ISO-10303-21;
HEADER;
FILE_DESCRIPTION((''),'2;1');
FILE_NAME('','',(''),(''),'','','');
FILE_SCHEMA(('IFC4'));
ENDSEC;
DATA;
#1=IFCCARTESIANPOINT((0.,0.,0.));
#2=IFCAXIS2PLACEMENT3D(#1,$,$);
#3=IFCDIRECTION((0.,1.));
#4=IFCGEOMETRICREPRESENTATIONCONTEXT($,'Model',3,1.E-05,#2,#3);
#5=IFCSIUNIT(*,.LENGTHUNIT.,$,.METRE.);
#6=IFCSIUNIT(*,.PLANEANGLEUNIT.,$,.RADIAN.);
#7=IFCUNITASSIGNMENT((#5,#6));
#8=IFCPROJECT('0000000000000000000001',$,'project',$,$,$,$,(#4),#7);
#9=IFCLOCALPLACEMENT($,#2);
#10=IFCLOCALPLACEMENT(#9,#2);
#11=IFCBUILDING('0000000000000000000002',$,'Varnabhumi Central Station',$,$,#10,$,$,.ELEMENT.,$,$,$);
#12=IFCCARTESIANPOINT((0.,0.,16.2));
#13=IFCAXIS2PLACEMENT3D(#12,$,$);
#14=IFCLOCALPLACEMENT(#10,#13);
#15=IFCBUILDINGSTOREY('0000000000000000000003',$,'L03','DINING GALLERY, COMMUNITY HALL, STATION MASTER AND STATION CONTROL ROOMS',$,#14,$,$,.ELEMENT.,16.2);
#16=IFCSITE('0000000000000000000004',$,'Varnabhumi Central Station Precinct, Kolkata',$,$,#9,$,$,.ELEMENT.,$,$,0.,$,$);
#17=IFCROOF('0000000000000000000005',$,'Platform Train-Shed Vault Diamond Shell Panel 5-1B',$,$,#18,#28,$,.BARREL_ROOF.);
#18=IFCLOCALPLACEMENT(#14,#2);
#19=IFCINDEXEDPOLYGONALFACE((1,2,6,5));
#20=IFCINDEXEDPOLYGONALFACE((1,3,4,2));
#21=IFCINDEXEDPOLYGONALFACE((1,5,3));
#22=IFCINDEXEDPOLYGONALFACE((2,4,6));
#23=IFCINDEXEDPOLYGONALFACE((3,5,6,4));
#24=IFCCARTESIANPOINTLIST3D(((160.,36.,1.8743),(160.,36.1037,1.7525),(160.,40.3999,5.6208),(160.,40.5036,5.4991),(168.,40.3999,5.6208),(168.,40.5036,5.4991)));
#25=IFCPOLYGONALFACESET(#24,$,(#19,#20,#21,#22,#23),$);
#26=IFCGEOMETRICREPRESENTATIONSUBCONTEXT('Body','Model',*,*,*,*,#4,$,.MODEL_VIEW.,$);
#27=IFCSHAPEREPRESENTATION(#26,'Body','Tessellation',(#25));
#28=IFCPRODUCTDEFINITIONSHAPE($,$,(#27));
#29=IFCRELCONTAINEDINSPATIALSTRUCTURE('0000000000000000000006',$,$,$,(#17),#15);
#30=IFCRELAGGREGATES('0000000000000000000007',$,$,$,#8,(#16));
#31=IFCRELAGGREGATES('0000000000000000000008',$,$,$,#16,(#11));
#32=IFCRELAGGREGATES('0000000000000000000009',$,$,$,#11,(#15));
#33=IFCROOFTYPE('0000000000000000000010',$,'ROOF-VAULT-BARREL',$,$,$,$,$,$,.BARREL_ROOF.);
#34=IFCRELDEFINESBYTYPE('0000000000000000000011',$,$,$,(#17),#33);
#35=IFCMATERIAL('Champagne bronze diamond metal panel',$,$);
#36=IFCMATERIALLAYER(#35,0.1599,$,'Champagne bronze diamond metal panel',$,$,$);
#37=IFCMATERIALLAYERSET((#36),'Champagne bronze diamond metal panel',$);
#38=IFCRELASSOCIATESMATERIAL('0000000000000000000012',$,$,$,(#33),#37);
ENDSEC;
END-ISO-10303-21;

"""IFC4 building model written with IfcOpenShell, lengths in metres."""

from ifc_helpers import new_model, si_unit, direction, frame, origin, place, context, subcontext, project, spatial, polyline, outline, extrude, material, layer, layer_set, type_object, element, save


model = new_model("IFC4")

# Units and contexts
model_context = context("Model", 3, precision=1e-05, world=origin(), true_north=direction((0.0, 1.0)))
body_context = subcontext(model_context, "Body", "Model", "MODEL_VIEW")
ifc_project = project(units=[si_unit("LENGTHUNIT", "METRE"), si_unit("PLANEANGLEUNIT", "RADIAN")], contexts=[model_context])

# Site, building, storey
site_placement = place(None, origin())
site = spatial("IfcSite", under=ifc_project, at=site_placement, Name="Varnabhumi Central Station Precinct, Kolkata", CompositionType="ELEMENT", RefElevation=0.0)
building_placement = place(site_placement, origin())
building = spatial("IfcBuilding", under=site, at=building_placement, Name="Varnabhumi Central Station", CompositionType="ELEMENT")
storey_placement = place(building_placement, frame((0.0, 0.0, 16.2)))
storey = spatial("IfcBuildingStorey", under=building, at=storey_placement, Name="L03", Description="DINING GALLERY, COMMUNITY HALL, STATION MASTER AND STATION CONTROL ROOMS", CompositionType="ELEMENT", Elevation=16.2)

# Roof
ifc_material_1 = material(Name="Champagne bronze diamond metal panel")
ifc_layer_1 = layer(ifc_material_1, 0.1599, Name="Champagne bronze diamond metal panel")
ifc_layer_set_1 = layer_set([ifc_layer_1], Name="Champagne bronze diamond metal panel")
roof_type = type_object("IfcRoofType", Name="ROOF-VAULT-BARREL", PredefinedType="BARREL_ROOF", material=ifc_layer_set_1)
roof_1_placement = place(storey_placement, frame((160.0, 36.0, 1.8743), z_axis=(0.0, -0.648318, 0.76137), x_axis=(0.810624, 0.445833, 0.379634)))
element("IfcRoof", 1, at=roof_1_placement, inside=storey, type_object=roof_type, Name="Platform Train-Shed Vault Diamond Shell Panel 5-1B", PredefinedType="BARREL_ROOF", context=body_context, shape_type="SweptSolid", body=[
    extrude(outline(polyline([(0.0, 0.0), (9.8689, 0.0), (3.384, 4.6845), (0.0, 0.0)])), origin(), (0.0, 0.0, -1.0), 0.1599),
])

save(model, "model.ifc")
